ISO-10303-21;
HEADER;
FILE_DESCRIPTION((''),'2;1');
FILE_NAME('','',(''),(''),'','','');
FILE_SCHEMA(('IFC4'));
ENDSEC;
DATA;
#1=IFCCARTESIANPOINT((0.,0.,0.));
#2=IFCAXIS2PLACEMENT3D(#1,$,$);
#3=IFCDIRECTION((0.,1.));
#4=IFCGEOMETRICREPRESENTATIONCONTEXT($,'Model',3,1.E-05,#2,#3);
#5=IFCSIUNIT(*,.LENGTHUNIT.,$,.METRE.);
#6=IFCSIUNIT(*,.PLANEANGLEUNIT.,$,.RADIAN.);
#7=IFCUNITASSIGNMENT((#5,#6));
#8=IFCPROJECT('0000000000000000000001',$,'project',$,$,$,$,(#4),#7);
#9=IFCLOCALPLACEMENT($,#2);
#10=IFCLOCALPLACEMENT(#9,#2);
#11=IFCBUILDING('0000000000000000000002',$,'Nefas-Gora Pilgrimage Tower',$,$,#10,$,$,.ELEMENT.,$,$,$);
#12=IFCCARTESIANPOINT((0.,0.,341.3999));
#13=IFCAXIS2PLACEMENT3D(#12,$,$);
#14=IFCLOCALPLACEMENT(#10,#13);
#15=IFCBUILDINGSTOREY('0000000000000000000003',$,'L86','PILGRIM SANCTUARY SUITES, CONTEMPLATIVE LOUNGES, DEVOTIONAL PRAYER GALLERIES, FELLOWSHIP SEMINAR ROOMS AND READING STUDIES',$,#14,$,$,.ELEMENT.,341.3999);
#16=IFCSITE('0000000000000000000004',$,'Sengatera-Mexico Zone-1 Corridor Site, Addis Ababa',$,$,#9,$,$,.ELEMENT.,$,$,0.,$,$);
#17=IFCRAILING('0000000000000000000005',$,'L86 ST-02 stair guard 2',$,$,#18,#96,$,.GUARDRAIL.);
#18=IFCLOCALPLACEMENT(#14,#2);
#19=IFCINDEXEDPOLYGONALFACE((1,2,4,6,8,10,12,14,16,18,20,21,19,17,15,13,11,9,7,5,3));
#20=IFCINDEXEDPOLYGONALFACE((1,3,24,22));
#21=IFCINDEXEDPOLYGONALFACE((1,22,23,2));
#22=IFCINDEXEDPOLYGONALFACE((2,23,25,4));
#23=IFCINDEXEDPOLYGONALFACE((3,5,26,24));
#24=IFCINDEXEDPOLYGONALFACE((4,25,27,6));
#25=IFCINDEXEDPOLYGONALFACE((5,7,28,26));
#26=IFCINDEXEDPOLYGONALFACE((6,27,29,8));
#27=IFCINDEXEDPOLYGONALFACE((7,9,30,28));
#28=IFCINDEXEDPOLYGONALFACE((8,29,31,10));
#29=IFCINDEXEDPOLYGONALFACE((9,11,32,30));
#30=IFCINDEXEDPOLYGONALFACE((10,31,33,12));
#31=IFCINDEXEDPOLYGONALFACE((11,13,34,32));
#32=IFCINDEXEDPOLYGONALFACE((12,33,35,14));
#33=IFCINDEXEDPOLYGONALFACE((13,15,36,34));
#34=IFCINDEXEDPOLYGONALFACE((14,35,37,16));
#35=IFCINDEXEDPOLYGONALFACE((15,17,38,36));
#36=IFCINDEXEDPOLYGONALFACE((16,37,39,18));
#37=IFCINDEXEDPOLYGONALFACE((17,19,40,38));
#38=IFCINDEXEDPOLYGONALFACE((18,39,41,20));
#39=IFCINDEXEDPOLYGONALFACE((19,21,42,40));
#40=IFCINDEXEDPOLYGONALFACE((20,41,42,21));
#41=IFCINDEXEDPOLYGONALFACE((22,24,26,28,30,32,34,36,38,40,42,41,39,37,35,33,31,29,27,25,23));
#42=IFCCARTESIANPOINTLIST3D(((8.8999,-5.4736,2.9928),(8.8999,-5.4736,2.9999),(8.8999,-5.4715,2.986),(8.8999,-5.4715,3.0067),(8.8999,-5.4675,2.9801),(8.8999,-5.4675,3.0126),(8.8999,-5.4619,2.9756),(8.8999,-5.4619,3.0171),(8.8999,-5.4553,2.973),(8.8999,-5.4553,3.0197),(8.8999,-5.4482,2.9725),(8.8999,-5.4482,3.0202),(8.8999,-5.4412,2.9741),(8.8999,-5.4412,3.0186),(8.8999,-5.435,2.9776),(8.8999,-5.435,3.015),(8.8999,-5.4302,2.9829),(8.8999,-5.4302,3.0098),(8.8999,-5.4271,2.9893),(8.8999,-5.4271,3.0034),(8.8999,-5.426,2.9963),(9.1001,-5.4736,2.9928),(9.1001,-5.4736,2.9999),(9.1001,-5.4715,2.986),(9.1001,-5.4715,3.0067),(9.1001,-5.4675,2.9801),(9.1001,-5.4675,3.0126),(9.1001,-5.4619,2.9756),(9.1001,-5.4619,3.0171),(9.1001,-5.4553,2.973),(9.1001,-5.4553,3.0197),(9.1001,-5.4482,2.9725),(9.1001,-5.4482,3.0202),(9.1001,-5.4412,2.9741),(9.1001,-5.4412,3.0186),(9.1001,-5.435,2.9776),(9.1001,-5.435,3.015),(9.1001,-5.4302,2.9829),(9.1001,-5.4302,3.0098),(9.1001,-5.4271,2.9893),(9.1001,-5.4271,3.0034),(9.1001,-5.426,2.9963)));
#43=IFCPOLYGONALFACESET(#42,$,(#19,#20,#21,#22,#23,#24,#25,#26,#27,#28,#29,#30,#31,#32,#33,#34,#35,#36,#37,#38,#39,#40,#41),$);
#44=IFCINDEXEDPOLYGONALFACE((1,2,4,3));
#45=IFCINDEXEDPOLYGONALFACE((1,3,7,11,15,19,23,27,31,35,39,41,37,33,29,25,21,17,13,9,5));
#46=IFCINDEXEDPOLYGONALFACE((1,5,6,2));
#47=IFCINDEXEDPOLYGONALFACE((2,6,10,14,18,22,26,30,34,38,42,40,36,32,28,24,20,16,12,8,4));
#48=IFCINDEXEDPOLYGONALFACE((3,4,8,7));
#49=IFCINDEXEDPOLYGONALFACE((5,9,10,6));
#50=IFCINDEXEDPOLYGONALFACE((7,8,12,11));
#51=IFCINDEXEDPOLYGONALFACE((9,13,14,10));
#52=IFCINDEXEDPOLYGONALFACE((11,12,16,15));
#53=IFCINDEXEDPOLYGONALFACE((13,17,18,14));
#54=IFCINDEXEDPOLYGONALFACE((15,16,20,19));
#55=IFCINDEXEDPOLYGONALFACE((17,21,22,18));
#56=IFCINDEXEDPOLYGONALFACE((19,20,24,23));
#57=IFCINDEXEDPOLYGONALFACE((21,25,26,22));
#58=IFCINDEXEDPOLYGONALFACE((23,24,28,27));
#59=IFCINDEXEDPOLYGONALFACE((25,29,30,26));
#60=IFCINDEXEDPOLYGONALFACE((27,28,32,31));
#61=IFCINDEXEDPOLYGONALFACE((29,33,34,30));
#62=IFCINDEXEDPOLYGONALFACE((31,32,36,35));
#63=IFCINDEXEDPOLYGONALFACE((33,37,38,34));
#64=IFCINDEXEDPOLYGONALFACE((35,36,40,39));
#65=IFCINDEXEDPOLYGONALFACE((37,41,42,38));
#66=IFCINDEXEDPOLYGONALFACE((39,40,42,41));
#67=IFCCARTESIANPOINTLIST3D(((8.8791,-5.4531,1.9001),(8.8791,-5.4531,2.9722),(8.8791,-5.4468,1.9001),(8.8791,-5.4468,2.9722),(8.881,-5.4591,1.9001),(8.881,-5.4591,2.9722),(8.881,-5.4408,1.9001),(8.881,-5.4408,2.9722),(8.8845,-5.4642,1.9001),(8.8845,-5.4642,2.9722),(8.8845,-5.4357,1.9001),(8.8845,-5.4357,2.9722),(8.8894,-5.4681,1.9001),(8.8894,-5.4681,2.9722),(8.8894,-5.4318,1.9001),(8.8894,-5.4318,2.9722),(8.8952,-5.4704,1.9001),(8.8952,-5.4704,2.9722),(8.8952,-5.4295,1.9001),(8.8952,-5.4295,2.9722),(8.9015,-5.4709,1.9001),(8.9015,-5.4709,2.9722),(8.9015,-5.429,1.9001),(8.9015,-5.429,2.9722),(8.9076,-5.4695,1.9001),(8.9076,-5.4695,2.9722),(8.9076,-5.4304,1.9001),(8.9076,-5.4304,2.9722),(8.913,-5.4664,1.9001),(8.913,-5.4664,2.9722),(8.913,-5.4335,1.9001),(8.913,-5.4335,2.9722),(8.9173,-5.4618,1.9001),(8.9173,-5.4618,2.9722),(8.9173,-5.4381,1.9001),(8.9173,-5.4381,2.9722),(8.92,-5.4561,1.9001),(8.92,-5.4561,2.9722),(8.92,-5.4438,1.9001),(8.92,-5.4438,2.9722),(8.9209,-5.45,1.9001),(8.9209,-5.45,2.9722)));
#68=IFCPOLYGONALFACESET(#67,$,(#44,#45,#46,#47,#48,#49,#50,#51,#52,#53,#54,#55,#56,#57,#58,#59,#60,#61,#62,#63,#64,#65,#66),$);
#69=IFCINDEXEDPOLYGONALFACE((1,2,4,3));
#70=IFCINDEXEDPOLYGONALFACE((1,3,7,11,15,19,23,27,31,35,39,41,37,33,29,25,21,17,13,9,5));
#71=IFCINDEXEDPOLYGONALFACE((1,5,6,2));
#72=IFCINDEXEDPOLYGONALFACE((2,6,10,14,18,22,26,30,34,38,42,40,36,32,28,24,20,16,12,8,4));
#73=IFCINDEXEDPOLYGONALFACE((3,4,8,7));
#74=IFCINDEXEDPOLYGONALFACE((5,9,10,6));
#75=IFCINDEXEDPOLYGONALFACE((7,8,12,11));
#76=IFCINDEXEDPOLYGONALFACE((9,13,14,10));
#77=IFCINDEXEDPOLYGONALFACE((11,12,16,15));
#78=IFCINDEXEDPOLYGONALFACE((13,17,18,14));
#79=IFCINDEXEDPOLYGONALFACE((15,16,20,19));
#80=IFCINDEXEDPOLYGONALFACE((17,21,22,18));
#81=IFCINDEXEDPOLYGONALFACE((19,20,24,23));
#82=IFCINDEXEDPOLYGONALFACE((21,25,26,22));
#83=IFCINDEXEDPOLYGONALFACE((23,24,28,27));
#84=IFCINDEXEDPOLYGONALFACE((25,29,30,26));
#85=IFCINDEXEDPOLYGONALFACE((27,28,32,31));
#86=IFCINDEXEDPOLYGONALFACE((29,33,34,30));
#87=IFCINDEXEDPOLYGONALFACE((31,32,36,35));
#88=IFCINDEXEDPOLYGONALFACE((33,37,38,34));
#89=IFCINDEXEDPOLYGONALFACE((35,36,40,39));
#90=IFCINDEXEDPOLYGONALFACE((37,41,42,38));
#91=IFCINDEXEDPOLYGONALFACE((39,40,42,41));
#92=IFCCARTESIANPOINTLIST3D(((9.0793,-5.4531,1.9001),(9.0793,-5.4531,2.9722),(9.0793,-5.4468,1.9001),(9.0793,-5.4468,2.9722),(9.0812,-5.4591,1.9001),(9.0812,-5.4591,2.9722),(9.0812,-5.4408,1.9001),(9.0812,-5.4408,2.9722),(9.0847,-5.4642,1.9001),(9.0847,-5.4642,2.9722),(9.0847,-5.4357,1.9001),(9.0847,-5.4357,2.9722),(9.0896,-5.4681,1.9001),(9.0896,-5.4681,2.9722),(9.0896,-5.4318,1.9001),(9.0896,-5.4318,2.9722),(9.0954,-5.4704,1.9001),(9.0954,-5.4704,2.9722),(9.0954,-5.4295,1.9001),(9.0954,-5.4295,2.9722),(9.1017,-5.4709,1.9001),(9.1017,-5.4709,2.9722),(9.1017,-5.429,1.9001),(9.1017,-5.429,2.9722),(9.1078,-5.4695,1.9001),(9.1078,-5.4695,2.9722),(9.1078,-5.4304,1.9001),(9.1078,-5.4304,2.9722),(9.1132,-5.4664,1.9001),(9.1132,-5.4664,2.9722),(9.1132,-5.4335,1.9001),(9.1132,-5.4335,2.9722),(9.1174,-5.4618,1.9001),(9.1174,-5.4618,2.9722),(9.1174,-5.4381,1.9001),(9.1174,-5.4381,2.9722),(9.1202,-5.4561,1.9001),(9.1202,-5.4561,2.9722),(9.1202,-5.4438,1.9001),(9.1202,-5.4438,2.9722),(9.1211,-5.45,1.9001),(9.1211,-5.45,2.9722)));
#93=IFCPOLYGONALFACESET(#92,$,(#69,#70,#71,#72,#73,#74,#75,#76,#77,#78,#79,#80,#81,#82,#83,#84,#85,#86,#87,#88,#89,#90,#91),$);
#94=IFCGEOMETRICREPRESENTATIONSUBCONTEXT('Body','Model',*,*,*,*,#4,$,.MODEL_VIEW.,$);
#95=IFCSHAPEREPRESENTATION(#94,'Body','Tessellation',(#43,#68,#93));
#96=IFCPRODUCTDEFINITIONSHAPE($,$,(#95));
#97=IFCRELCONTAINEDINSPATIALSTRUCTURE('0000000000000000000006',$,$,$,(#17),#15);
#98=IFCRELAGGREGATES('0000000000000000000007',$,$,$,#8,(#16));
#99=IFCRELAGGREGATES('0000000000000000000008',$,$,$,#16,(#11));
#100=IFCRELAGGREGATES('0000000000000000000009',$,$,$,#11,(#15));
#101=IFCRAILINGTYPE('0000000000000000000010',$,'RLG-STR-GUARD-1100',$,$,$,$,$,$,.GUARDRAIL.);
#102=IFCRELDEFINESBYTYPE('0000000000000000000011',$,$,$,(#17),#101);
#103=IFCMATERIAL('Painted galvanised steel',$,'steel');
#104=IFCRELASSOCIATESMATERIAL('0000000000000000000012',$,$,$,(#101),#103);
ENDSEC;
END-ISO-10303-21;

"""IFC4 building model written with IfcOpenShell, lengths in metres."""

from ifc_helpers import new_model, si_unit, direction, frame, origin, origin_2d, place, context, subcontext, project, spatial, circle, extrude, material, type_object, element, save


model = new_model("IFC4")

# Units and contexts
model_context = context("Model", 3, precision=1e-05, world=origin(), true_north=direction((0.0, 1.0)))
body_context = subcontext(model_context, "Body", "Model", "MODEL_VIEW")
ifc_project = project(units=[si_unit("LENGTHUNIT", "METRE"), si_unit("PLANEANGLEUNIT", "RADIAN")], contexts=[model_context])

# Site, building, storey
site_placement = place(None, origin())
site = spatial("IfcSite", under=ifc_project, at=site_placement, Name="Sengatera-Mexico Zone-1 Corridor Site, Addis Ababa", CompositionType="ELEMENT", RefElevation=0.0)
building_placement = place(site_placement, origin())
building = spatial("IfcBuilding", under=site, at=building_placement, Name="Nefas-Gora Pilgrimage Tower", CompositionType="ELEMENT")
storey_placement = place(building_placement, frame((0.0, 0.0, 341.3999)))
storey = spatial("IfcBuildingStorey", under=building, at=storey_placement, Name="L86", Description="PILGRIM SANCTUARY SUITES, CONTEMPLATIVE LOUNGES, DEVOTIONAL PRAYER GALLERIES, FELLOWSHIP SEMINAR ROOMS AND READING STUDIES", CompositionType="ELEMENT", Elevation=341.3999)

# Railing
ifc_material_1 = material(Name="Painted galvanised steel", Category="steel")
railing_type_1 = type_object("IfcRailingType", Name="RLG-STR-GUARD-1100", PredefinedType="GUARDRAIL", material=ifc_material_1)
railing_1_placement = place(storey_placement, frame((8.8999, -5.45, 1.9001)))
element("IfcRailing", 1, at=railing_1_placement, inside=storey, type_object=railing_type_1, Name="L86 ST-02 stair guard 2", PredefinedType="GUARDRAIL", context=body_context, shape_type="SweptSolid", body=[
    extrude(circle(Radius=0.0239, at=origin_2d()), frame((0.0, 0.0, 1.0962), z_axis=(1.0, 0.0, 0.0), x_axis=(0.0, 1.0, 0.0)), (0.0, 0.0, 1.0), 0.2002),
    extrude(circle(Radius=0.021, at=origin_2d()), origin(), (0.0, 0.0, 1.0), 1.072),
    extrude(circle(Radius=0.021, at=origin_2d()), frame((0.2002, 0.0, 0.0)), (0.0, 0.0, 1.0), 1.072),
])

save(model, "model.ifc")
